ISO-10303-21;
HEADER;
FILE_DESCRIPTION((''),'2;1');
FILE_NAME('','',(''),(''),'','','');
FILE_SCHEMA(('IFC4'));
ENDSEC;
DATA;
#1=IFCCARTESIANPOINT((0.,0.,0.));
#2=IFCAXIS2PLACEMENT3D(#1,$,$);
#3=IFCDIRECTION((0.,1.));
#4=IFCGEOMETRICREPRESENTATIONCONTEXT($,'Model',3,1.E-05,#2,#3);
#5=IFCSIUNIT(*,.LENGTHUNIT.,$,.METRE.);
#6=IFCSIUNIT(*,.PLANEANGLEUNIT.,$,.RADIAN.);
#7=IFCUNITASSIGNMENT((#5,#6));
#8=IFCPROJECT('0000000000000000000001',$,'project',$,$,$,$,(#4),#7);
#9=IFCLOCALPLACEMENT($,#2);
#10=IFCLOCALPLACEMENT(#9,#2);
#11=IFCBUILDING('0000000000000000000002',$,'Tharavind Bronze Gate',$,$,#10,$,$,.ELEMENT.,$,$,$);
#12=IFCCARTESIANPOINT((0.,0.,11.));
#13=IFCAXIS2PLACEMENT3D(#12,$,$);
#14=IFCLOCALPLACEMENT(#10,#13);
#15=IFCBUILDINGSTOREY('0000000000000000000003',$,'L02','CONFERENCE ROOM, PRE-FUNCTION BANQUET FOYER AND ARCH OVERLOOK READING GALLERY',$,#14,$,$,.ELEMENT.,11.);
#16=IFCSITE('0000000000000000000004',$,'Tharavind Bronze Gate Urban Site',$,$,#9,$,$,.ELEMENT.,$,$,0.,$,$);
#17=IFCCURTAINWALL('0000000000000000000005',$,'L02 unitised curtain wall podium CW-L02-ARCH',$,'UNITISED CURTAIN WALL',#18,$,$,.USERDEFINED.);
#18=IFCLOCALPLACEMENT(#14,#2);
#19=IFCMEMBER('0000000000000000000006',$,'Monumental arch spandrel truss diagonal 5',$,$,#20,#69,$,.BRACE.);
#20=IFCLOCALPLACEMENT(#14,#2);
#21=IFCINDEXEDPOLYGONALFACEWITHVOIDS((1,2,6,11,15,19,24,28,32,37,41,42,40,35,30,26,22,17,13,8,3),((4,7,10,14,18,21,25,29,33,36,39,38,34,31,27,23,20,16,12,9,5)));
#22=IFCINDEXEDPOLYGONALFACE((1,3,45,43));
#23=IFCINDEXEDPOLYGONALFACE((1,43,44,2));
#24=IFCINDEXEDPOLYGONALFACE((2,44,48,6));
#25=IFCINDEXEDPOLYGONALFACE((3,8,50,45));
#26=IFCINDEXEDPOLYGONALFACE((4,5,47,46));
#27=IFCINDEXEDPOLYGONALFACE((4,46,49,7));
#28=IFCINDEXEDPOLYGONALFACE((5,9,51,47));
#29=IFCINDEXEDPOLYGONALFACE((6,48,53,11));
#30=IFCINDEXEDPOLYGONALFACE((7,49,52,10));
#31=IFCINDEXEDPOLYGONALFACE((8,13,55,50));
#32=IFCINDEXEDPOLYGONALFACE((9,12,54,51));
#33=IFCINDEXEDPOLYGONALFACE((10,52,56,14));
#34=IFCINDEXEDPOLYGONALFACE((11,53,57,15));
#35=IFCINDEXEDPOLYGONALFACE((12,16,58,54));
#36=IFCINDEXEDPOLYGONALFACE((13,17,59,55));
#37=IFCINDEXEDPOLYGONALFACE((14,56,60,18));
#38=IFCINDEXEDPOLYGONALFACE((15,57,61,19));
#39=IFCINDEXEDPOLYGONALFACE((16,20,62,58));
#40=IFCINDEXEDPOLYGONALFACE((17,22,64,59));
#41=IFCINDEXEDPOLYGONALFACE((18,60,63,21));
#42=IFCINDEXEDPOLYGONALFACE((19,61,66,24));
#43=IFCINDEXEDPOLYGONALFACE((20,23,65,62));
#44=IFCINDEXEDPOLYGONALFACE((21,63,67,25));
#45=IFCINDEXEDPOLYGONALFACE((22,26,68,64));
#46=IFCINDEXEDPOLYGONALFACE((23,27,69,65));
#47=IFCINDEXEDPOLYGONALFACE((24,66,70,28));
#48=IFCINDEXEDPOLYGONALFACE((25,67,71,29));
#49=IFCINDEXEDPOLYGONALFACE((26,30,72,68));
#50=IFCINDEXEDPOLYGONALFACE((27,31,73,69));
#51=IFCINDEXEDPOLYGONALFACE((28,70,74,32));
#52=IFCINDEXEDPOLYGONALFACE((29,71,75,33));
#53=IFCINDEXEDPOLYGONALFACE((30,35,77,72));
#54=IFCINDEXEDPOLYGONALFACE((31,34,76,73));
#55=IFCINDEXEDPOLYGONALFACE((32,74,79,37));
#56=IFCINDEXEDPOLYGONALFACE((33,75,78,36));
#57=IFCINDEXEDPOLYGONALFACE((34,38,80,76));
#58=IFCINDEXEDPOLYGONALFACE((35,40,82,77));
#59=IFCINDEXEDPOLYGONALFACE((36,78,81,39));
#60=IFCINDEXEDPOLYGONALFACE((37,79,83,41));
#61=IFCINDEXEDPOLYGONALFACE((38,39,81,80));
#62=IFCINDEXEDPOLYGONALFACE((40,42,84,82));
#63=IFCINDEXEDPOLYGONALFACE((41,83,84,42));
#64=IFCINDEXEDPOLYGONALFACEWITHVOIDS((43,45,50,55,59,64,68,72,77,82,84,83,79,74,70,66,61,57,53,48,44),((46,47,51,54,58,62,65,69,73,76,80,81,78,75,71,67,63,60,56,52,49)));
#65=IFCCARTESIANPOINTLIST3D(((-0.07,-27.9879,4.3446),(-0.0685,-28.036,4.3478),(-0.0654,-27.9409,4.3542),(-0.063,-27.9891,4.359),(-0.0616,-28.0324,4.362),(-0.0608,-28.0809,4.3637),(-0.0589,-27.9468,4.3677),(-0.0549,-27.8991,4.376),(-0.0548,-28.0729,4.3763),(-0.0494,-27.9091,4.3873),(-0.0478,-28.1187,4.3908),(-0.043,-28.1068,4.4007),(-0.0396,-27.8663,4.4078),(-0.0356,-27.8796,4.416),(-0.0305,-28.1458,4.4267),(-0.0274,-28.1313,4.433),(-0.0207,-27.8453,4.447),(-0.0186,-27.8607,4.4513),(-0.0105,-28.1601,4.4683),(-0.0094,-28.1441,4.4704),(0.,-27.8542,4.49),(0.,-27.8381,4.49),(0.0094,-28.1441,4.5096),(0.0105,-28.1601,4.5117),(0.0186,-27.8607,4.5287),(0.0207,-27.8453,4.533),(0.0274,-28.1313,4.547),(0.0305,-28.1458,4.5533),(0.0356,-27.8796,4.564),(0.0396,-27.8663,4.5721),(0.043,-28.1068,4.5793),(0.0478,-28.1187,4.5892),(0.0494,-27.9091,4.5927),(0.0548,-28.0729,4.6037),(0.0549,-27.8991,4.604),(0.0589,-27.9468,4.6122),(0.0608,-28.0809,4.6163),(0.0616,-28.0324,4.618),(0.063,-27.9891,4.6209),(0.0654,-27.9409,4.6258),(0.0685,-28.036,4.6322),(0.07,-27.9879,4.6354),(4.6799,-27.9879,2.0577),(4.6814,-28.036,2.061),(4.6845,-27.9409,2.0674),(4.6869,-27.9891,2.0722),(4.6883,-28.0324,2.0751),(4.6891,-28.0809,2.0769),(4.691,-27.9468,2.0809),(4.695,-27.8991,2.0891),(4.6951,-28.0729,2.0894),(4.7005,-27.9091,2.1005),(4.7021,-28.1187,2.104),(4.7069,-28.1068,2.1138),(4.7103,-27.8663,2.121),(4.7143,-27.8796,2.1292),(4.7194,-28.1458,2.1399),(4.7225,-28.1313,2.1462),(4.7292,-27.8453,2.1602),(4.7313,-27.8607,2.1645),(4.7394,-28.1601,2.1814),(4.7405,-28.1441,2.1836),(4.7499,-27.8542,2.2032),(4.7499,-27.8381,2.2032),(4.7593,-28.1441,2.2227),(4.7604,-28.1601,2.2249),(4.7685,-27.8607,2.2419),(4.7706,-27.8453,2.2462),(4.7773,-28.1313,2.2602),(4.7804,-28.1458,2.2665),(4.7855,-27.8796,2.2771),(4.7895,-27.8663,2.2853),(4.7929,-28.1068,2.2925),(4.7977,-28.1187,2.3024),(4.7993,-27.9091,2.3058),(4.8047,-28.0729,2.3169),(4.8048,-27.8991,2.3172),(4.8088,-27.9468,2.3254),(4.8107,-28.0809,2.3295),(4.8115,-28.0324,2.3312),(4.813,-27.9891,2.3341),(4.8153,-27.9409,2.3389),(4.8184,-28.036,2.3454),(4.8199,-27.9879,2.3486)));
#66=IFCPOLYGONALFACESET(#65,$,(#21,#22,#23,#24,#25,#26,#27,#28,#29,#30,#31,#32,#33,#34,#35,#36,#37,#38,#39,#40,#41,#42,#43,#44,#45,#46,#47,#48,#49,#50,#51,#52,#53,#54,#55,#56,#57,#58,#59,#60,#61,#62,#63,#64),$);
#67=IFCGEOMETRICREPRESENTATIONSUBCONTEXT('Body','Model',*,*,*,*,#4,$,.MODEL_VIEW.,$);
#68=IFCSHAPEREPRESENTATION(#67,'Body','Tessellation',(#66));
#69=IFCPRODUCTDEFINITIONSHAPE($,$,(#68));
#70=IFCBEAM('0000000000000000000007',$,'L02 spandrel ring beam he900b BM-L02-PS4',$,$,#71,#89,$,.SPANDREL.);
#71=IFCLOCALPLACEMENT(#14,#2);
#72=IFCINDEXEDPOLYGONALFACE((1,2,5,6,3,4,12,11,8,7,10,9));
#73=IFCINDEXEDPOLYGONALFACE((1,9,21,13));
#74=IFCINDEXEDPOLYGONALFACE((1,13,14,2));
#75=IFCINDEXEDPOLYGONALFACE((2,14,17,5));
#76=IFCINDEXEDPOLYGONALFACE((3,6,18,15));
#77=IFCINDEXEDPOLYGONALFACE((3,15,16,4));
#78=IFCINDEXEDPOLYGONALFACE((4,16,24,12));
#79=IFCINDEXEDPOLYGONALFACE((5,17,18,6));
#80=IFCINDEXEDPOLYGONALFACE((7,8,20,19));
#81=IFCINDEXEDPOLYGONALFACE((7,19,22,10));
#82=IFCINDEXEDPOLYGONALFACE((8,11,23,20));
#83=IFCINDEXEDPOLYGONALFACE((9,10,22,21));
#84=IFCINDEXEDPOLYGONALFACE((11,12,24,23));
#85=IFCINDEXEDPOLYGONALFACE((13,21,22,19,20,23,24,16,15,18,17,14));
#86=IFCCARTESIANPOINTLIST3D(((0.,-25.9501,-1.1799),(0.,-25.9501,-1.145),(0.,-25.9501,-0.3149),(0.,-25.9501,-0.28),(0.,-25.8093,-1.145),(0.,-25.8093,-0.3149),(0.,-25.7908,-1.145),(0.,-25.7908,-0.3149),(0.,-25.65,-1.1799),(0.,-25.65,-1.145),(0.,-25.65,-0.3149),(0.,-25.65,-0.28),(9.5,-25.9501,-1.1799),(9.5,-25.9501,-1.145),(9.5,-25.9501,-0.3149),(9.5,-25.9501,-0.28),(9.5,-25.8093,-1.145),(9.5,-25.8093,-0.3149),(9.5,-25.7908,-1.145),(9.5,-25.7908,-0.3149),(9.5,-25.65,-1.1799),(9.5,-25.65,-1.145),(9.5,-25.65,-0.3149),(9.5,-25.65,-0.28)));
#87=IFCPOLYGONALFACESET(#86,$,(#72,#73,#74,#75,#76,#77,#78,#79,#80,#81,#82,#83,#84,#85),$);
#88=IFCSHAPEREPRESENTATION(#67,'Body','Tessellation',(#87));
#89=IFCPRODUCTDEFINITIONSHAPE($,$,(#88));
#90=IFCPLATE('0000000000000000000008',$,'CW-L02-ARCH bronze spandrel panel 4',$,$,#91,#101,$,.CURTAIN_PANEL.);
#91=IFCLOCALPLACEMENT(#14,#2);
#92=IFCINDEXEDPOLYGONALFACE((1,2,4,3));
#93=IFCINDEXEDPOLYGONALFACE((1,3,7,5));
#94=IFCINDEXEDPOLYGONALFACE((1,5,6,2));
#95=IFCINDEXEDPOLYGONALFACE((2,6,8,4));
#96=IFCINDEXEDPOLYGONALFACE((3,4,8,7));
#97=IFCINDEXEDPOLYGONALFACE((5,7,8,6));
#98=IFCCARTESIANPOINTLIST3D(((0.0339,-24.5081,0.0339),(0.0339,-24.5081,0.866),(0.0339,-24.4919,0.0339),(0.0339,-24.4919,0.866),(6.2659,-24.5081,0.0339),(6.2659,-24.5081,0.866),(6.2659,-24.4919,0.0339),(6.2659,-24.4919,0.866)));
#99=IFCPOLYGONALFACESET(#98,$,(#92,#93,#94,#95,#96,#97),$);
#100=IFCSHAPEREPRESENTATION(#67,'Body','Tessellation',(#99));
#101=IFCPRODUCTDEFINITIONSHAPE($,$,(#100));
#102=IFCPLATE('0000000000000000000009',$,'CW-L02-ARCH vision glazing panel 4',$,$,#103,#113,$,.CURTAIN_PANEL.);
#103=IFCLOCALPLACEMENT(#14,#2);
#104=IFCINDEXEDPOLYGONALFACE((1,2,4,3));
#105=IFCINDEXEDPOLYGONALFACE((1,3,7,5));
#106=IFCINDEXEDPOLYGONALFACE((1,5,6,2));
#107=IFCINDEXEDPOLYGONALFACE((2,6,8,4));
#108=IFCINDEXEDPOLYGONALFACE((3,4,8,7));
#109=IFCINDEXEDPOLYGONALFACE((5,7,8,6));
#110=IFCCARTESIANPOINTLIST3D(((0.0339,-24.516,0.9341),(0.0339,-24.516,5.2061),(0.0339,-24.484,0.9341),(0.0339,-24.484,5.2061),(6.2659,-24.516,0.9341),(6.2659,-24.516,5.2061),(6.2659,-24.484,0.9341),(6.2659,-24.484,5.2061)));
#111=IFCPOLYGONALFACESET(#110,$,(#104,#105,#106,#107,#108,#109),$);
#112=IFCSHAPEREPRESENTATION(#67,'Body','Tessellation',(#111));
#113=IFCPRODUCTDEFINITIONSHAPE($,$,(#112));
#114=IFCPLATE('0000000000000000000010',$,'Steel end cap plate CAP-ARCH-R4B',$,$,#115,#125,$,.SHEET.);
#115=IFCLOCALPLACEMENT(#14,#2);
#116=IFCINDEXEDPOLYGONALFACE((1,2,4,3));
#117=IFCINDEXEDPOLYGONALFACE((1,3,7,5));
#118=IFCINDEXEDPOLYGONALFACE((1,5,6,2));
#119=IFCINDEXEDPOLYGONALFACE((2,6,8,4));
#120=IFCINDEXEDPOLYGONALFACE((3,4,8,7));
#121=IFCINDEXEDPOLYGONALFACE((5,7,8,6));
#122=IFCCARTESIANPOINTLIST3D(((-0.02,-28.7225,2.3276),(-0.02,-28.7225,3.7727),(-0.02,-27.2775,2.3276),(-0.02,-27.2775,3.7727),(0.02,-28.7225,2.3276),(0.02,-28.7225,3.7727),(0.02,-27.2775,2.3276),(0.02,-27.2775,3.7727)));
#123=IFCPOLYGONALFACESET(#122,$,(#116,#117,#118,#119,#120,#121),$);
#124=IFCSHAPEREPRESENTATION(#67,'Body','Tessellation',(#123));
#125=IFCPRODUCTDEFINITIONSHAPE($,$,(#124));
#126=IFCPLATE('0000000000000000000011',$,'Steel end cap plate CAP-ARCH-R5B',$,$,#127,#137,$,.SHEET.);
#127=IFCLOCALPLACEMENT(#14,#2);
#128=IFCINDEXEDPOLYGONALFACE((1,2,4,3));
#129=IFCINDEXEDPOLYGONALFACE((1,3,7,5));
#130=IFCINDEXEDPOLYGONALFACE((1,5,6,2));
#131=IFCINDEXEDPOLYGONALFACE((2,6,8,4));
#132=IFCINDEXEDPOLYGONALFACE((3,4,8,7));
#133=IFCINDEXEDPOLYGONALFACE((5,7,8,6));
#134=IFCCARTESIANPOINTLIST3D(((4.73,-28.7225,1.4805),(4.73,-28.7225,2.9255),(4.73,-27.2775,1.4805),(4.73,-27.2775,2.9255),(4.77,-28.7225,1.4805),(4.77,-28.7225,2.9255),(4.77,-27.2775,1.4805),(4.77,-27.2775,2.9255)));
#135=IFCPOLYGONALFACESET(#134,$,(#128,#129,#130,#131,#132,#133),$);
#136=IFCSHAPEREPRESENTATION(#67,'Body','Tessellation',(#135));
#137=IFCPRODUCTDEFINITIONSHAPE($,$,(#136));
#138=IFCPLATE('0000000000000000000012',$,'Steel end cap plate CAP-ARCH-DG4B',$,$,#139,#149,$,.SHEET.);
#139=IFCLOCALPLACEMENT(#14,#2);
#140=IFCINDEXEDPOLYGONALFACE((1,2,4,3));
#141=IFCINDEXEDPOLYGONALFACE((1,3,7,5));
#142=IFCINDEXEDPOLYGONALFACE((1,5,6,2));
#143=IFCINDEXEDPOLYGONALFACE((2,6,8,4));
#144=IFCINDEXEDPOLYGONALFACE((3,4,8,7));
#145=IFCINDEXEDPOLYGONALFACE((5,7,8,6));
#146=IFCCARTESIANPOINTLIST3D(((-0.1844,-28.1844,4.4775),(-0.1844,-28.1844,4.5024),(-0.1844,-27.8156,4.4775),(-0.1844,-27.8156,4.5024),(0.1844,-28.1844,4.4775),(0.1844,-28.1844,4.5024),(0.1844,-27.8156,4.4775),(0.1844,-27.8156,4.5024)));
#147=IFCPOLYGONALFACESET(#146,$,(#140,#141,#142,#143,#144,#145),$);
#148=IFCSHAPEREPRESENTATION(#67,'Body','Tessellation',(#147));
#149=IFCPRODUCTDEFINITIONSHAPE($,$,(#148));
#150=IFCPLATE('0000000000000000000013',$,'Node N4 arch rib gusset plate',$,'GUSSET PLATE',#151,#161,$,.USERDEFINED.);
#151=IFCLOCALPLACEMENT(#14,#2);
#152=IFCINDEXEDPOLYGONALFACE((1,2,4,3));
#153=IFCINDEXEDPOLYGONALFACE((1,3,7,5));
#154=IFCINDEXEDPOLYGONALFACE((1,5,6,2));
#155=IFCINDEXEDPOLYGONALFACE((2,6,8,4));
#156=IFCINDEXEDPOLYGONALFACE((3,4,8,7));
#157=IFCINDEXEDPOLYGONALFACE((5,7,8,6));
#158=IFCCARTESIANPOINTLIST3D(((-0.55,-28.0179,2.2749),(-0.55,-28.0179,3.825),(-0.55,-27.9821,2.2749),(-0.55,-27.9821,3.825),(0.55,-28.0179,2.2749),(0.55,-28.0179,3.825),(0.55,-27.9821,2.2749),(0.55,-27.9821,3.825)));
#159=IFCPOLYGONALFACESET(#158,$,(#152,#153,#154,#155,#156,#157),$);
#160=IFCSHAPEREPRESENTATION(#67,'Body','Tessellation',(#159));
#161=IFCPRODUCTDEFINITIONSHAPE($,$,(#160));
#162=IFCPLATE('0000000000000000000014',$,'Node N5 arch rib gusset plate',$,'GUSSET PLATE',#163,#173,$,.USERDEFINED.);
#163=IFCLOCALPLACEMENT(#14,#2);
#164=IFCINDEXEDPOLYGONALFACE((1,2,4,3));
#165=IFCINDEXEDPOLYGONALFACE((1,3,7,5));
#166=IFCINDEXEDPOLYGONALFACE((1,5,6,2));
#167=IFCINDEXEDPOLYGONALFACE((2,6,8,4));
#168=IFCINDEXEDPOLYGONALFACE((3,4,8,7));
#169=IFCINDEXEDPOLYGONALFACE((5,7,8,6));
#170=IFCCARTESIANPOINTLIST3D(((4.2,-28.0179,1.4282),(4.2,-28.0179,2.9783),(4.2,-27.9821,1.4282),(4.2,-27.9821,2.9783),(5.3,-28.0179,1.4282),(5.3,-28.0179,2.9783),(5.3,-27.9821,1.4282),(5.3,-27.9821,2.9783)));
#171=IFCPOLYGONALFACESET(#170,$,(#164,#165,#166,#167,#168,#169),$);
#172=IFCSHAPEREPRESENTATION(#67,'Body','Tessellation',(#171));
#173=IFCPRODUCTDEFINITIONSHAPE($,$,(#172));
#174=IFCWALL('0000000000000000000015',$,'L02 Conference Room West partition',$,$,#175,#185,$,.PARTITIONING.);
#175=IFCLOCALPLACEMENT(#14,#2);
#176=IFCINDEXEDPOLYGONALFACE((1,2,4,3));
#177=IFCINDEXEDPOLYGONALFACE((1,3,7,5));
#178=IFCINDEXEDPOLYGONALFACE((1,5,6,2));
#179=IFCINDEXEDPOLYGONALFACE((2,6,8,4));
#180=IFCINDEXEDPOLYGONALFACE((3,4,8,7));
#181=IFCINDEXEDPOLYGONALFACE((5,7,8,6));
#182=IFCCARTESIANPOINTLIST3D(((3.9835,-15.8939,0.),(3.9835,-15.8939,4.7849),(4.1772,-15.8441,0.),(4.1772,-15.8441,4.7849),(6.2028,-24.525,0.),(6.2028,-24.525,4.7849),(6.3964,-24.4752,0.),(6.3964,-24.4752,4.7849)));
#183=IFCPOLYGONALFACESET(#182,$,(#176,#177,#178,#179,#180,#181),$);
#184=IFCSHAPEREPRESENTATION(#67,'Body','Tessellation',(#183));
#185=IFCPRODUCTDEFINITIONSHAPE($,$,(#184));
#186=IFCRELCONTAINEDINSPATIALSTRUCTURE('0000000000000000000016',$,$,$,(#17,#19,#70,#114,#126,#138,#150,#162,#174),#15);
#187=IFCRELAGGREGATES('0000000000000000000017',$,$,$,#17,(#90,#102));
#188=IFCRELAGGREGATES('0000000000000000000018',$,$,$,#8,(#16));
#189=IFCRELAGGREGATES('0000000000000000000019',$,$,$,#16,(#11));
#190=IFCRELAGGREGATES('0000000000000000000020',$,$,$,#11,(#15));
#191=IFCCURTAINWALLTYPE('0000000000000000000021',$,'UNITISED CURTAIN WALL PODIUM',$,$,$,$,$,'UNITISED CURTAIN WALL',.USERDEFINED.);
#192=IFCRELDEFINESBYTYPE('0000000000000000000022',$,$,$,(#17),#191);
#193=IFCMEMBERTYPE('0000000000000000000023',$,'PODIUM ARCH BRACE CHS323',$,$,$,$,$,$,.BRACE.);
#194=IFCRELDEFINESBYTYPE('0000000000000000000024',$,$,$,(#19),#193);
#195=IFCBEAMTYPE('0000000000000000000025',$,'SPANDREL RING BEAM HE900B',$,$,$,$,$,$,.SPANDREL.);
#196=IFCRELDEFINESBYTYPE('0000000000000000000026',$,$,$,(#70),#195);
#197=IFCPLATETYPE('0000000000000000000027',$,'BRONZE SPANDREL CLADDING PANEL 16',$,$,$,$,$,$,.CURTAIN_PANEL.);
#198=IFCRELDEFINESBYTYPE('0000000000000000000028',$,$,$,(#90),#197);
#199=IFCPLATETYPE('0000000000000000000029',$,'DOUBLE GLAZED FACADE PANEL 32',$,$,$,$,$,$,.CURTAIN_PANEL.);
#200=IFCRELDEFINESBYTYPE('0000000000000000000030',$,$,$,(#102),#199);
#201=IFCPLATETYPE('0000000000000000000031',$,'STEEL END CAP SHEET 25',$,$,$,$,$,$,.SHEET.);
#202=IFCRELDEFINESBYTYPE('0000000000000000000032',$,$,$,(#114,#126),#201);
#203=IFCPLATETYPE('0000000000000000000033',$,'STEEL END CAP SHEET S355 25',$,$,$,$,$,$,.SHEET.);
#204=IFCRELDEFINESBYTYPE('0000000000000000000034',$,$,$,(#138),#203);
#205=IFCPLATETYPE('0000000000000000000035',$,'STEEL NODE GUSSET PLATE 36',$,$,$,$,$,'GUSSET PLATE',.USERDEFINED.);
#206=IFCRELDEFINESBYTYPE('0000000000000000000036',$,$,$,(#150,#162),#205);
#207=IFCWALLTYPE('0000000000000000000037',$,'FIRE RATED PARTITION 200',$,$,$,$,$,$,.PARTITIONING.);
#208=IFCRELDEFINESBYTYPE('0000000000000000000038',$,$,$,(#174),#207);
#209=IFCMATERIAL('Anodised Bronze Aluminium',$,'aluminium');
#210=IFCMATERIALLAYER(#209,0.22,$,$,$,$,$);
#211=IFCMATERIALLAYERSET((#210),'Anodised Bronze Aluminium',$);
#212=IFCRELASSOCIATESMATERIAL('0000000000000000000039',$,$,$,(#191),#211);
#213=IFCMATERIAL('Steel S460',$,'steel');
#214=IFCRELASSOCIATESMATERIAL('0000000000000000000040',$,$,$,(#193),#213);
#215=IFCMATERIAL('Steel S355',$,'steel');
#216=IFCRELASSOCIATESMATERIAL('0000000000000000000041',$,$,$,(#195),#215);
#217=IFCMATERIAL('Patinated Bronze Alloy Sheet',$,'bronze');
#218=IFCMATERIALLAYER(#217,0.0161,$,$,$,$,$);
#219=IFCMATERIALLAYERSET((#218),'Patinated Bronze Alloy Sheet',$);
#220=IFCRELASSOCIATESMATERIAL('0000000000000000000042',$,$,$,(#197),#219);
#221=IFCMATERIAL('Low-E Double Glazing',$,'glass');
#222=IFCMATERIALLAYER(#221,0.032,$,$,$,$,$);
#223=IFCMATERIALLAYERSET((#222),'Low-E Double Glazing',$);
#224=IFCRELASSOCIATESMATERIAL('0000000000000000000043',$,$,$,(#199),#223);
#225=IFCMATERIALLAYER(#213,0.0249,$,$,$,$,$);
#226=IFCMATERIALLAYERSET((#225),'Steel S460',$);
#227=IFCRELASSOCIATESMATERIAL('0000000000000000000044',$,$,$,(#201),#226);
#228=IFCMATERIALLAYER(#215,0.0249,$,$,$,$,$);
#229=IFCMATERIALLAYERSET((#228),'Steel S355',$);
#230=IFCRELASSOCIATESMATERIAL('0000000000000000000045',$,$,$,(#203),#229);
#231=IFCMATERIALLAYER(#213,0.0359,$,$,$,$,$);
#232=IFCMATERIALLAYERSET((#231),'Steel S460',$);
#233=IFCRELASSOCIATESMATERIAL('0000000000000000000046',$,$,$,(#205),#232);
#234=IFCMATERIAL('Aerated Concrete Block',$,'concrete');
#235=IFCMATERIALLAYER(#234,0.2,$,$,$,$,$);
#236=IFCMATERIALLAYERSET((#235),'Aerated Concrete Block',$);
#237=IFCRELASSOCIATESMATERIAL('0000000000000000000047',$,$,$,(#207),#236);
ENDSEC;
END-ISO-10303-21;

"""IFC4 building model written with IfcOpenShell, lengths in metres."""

from ifc_helpers import new_model, si_unit, direction, frame, frame_2d, origin, origin_2d, place, context, subcontext, project, spatial, rectangle, hollow_circle, i_section, extrude, material, layer, layer_set, material_profile, profile_set, type_object, element, aggregate, save


model = new_model("IFC4")

# Units and contexts
model_context = context("Model", 3, precision=1e-05, world=origin(), true_north=direction((0.0, 1.0)))
body_context = subcontext(model_context, "Body", "Model", "MODEL_VIEW")
ifc_project = project(units=[si_unit("LENGTHUNIT", "METRE"), si_unit("PLANEANGLEUNIT", "RADIAN")], contexts=[model_context])

# Site, building, storey
site_placement = place(None, origin())
site = spatial("IfcSite", under=ifc_project, at=site_placement, Name="Tharavind Bronze Gate Urban Site", CompositionType="ELEMENT", RefElevation=0.0)
building_placement = place(site_placement, origin())
building = spatial("IfcBuilding", under=site, at=building_placement, Name="Tharavind Bronze Gate", CompositionType="ELEMENT")
storey_placement = place(building_placement, frame((0.0, 0.0, 11.0)))
storey = spatial("IfcBuildingStorey", under=building, at=storey_placement, Name="L02", Description="CONFERENCE ROOM, PRE-FUNCTION BANQUET FOYER AND ARCH OVERLOOK READING GALLERY", CompositionType="ELEMENT", Elevation=11.0)

# Shared definitions
ifc_material_1 = material(Name="Steel S460", Category="steel")

# Curtain wall
ifc_material_2 = material(Name="Anodised Bronze Aluminium", Category="aluminium")
ifc_layer_1 = layer(ifc_material_2, 0.22)
ifc_layer_set_1 = layer_set([ifc_layer_1], Name="Anodised Bronze Aluminium")
curtain_wall_type = type_object("IfcCurtainWallType", Name="UNITISED CURTAIN WALL PODIUM", ElementType="UNITISED CURTAIN WALL", PredefinedType="USERDEFINED", material=ifc_layer_set_1)
curtain_wall_placement = place(storey_placement, origin())
curtain_wall = element("IfcCurtainWall", 1, at=curtain_wall_placement, inside=storey, type_object=curtain_wall_type, Name="L02 unitised curtain wall podium CW-L02-ARCH", ObjectType="UNITISED CURTAIN WALL", PredefinedType="USERDEFINED")

# Member
ifc_material_profile_1 = material_profile(ifc_material_1, hollow_circle(Radius=0.1619, WallThickness=0.0161, at=origin_2d()), Name="CHS323X16")
ifc_profile_set_1 = profile_set([ifc_material_profile_1], Name="Steel S460")
member_type_1 = type_object("IfcMemberType", Name="PODIUM ARCH BRACE CHS323", PredefinedType="BRACE", material=ifc_profile_set_1)
member_1_placement = place(storey_placement, frame((0.0, -28.0, 4.49), z_axis=(0.901014, 0.0, -0.433789), x_axis=(0.0, 1.0, 0.0)))
element("IfcMember", 2, at=member_1_placement, inside=storey, type_object=member_type_1, Name="Monumental arch spandrel truss diagonal 5", PredefinedType="BRACE", context=body_context, shape_type="SweptSolid", body=[
    extrude(hollow_circle(Radius=0.1619, WallThickness=0.0161, at=origin_2d()), origin(), (0.0, 0.0, 1.0), 5.2717),
])

# Beam
ifc_material_3 = material(Name="Steel S355", Category="steel")
ifc_material_profile_2 = material_profile(ifc_material_3, i_section(OverallWidth=0.3, OverallDepth=0.8999, WebThickness=0.0186, FlangeThickness=0.0349, at=origin_2d()), Name="HE900B")
ifc_profile_set_2 = profile_set([ifc_material_profile_2], Name="Steel S355")
beam_type_1 = type_object("IfcBeamType", Name="SPANDREL RING BEAM HE900B", PredefinedType="SPANDREL", material=ifc_profile_set_2)
beam_1_placement = place(storey_placement, frame((0.0, -25.8, -0.73), z_axis=(1.0, 0.0, 0.0), x_axis=(0.0, 1.0, 0.0)))
element("IfcBeam", 3, at=beam_1_placement, inside=storey, type_object=beam_type_1, Name="L02 spandrel ring beam he900b BM-L02-PS4", PredefinedType="SPANDREL", context=body_context, shape_type="SweptSolid", body=[
    extrude(i_section(OverallWidth=0.3, OverallDepth=0.8999, WebThickness=0.0186, FlangeThickness=0.0349, at=origin_2d()), origin(), (0.0, 0.0, 1.0), 9.5),
])

# Plates
ifc_material_4 = material(Name="Patinated Bronze Alloy Sheet", Category="bronze")
ifc_layer_2 = layer(ifc_material_4, 0.0161)
ifc_layer_set_2 = layer_set([ifc_layer_2], Name="Patinated Bronze Alloy Sheet")
plate_type_1 = type_object("IfcPlateType", Name="BRONZE SPANDREL CLADDING PANEL 16", PredefinedType="CURTAIN_PANEL", material=ifc_layer_set_2)
plate_1_placement = place(storey_placement, frame((3.1499, -24.5, 0.0339), z_axis=(0.0, 0.0, 1.0), x_axis=(1.0, 0.0, 0.0)))
plate_1 = element("IfcPlate", 4, at=plate_1_placement, type_object=plate_type_1, Name="CW-L02-ARCH bronze spandrel panel 4", PredefinedType="CURTAIN_PANEL", context=body_context, shape_type="SweptSolid", body=[
    extrude(rectangle(XDim=6.2319, YDim=0.0161, at=origin_2d()), origin(), (0.0, 0.0, 1.0), 0.832),
])
ifc_material_5 = material(Name="Low-E Double Glazing", Category="glass")
ifc_layer_3 = layer(ifc_material_5, 0.032)
ifc_layer_set_3 = layer_set([ifc_layer_3], Name="Low-E Double Glazing")
plate_type_2 = type_object("IfcPlateType", Name="DOUBLE GLAZED FACADE PANEL 32", PredefinedType="CURTAIN_PANEL", material=ifc_layer_set_3)
plate_2_placement = place(storey_placement, frame((3.1499, -24.5, 0.9341), z_axis=(0.0, 0.0, 1.0), x_axis=(1.0, 0.0, 0.0)))
plate_2 = element("IfcPlate", 5, at=plate_2_placement, type_object=plate_type_2, Name="CW-L02-ARCH vision glazing panel 4", PredefinedType="CURTAIN_PANEL", context=body_context, shape_type="SweptSolid", body=[
    extrude(rectangle(XDim=6.2319, YDim=0.032, at=origin_2d()), origin(), (0.0, 0.0, 1.0), 4.272),
])
aggregate(curtain_wall, [plate_1, plate_2])

# Plates
ifc_layer_4 = layer(ifc_material_1, 0.0249)
ifc_layer_set_4 = layer_set([ifc_layer_4], Name="Steel S460")
plate_type_3 = type_object("IfcPlateType", Name="STEEL END CAP SHEET 25", PredefinedType="SHEET", material=ifc_layer_set_4)
for number, where, z_axis, x_axis, name in (
    (6, (0.0, -28.0, 2.3276), (0.0, 0.0, 1.0), (1.0, 0.0, 0.0), "Steel end cap plate CAP-ARCH-R4B"),
    (7, (4.75, -28.0, 1.4805), (0.0, 0.0, 1.0), (1.0, 0.0, 0.0), "Steel end cap plate CAP-ARCH-R5B"),
):
    element("IfcPlate", number, at=place(storey_placement, frame(where, z_axis=z_axis, x_axis=x_axis)), inside=storey, type_object=plate_type_3, Name=name, PredefinedType="SHEET", context=body_context, shape_type="SweptSolid", body=[
        extrude(rectangle(XDim=0.04, YDim=1.4451, at=origin_2d()), origin(), (0.0, 0.0, 1.0), 1.4451),
    ])
ifc_layer_5 = layer(ifc_material_3, 0.0249)
ifc_layer_set_5 = layer_set([ifc_layer_5], Name="Steel S355")
plate_type_4 = type_object("IfcPlateType", Name="STEEL END CAP SHEET S355 25", PredefinedType="SHEET", material=ifc_layer_set_5)
plate_3_placement = place(storey_placement, frame((0.0, -28.0, 4.4775), z_axis=(0.0, 0.0, 1.0), x_axis=(1.0, 0.0, 0.0)))
element("IfcPlate", 8, at=plate_3_placement, inside=storey, type_object=plate_type_4, Name="Steel end cap plate CAP-ARCH-DG4B", PredefinedType="SHEET", context=body_context, shape_type="SweptSolid", body=[
    extrude(rectangle(XDim=0.3689, YDim=0.3689, at=origin_2d()), origin(), (0.0, 0.0, 1.0), 0.0249),
])
ifc_layer_6 = layer(ifc_material_1, 0.0359)
ifc_layer_set_6 = layer_set([ifc_layer_6], Name="Steel S460")
plate_type_5 = type_object("IfcPlateType", Name="STEEL NODE GUSSET PLATE 36", ElementType="GUSSET PLATE", PredefinedType="USERDEFINED", material=ifc_layer_set_6)
for number, where, z_axis, x_axis, name in (
    (9, (0.0, -28.0, 2.2749), (0.0, 0.0, 1.0), (1.0, 0.0, 0.0), "Node N4 arch rib gusset plate"),
    (10, (4.75, -28.0, 1.4282), (0.0, 0.0, 1.0), (1.0, 0.0, 0.0), "Node N5 arch rib gusset plate"),
):
    element("IfcPlate", number, at=place(storey_placement, frame(where, z_axis=z_axis, x_axis=x_axis)), inside=storey, type_object=plate_type_5, Name=name, ObjectType="GUSSET PLATE", PredefinedType="USERDEFINED", context=body_context, shape_type="SweptSolid", body=[
        extrude(rectangle(XDim=1.1001, YDim=0.0359, at=origin_2d()), origin(), (0.0, 0.0, 1.0), 1.55),
    ])

# Wall
ifc_material_6 = material(Name="Aerated Concrete Block", Category="concrete")
ifc_layer_7 = layer(ifc_material_6, 0.2)
ifc_layer_set_7 = layer_set([ifc_layer_7], Name="Aerated Concrete Block")
wall_type_1 = type_object("IfcWallType", Name="FIRE RATED PARTITION 200", PredefinedType="PARTITIONING", material=ifc_layer_set_7)
wall_1_placement = place(storey_placement, frame((4.0803, -15.8689, 0.0), z_axis=(0.0, 0.0, 1.0), x_axis=(0.249021, -0.968498, 0.0)))
element("IfcWall", 11, at=wall_1_placement, inside=storey, type_object=wall_type_1, Name="L02 Conference Room West partition", PredefinedType="PARTITIONING", context=body_context, shape_type="SweptSolid", body=[
    extrude(rectangle(XDim=8.9119, YDim=0.2, at=frame_2d((4.4561, 0.0))), origin(), (0.0, 0.0, 1.0), 4.7849),
])

save(model, "model.ifc")
